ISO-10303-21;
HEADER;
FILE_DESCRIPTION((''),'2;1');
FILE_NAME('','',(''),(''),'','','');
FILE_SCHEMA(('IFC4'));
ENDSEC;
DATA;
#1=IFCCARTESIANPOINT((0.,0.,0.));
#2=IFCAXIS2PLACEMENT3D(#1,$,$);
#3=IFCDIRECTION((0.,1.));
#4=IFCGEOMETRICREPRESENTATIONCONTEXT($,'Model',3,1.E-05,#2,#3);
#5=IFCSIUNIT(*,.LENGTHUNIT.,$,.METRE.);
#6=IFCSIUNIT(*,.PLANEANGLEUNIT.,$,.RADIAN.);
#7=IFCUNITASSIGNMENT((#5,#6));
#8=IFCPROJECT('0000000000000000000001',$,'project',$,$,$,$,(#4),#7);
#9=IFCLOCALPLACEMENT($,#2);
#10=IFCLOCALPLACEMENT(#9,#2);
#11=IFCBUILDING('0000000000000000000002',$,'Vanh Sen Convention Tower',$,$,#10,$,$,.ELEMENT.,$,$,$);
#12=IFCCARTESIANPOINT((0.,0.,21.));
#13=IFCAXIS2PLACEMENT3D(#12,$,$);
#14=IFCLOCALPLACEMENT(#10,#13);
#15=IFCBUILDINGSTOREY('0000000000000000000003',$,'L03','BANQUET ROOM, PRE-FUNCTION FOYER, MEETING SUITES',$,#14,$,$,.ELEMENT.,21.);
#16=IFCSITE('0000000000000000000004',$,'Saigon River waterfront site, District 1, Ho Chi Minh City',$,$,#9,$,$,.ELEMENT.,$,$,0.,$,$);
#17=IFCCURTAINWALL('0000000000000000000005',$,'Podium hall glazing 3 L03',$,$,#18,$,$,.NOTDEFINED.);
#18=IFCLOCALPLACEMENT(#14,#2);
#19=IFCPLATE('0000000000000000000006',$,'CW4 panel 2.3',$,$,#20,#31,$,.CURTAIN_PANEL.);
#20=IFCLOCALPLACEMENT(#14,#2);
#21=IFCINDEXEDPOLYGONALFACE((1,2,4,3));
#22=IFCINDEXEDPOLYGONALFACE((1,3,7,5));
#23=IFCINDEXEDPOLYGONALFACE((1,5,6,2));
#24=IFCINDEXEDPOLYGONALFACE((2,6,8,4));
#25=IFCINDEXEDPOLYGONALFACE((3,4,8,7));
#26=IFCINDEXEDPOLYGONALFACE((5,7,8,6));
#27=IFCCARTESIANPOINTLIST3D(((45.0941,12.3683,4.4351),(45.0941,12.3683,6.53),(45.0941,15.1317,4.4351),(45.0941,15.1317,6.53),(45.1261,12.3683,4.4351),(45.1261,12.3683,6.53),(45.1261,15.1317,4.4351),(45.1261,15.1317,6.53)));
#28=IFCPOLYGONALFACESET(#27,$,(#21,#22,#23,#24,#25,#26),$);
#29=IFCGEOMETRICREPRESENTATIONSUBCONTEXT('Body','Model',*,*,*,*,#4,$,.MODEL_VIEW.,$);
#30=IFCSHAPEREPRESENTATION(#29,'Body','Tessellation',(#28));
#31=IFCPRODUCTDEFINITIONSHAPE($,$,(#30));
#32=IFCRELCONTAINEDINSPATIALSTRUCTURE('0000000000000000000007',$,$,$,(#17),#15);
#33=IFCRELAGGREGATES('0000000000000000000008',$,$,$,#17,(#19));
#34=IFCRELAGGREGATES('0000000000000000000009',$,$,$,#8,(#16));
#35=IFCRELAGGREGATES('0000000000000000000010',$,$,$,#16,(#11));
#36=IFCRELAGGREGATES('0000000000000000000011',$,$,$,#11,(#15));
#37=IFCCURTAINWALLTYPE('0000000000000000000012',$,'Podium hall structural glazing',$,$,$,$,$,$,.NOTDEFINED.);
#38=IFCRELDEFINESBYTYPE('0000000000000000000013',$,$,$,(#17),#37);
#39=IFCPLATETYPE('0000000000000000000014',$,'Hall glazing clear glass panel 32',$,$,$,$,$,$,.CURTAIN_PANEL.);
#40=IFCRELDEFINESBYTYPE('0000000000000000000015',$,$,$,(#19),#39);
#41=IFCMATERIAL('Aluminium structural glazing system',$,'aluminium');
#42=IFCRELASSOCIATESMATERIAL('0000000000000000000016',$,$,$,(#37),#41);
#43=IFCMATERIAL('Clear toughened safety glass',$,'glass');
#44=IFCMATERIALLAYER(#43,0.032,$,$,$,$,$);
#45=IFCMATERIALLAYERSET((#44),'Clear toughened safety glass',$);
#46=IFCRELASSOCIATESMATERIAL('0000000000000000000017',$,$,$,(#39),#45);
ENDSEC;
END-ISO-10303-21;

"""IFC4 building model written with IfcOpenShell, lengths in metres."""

from ifc_helpers import new_model, si_unit, direction, frame, origin, origin_2d, place, context, subcontext, project, spatial, rectangle, extrude, material, layer, layer_set, type_object, element, aggregate, save


model = new_model("IFC4")

# Units and contexts
model_context = context("Model", 3, precision=1e-05, world=origin(), true_north=direction((0.0, 1.0)))
body_context = subcontext(model_context, "Body", "Model", "MODEL_VIEW")
ifc_project = project(units=[si_unit("LENGTHUNIT", "METRE"), si_unit("PLANEANGLEUNIT", "RADIAN")], contexts=[model_context])

# Site, building, storey
site_placement = place(None, origin())
site = spatial("IfcSite", under=ifc_project, at=site_placement, Name="Saigon River waterfront site, District 1, Ho Chi Minh City", CompositionType="ELEMENT", RefElevation=0.0)
building_placement = place(site_placement, origin())
building = spatial("IfcBuilding", under=site, at=building_placement, Name="Vanh Sen Convention Tower", CompositionType="ELEMENT")
storey_placement = place(building_placement, frame((0.0, 0.0, 21.0)))
storey = spatial("IfcBuildingStorey", under=building, at=storey_placement, Name="L03", Description="BANQUET ROOM, PRE-FUNCTION FOYER, MEETING SUITES", CompositionType="ELEMENT", Elevation=21.0)

# Curtain wall
ifc_material_1 = material(Name="Aluminium structural glazing system", Category="aluminium")
curtain_wall_type = type_object("IfcCurtainWallType", Name="Podium hall structural glazing", PredefinedType="NOTDEFINED", material=ifc_material_1)
curtain_wall_1_placement = place(storey_placement, origin())
curtain_wall_1 = element("IfcCurtainWall", 1, at=curtain_wall_1_placement, inside=storey, type_object=curtain_wall_type, Name="Podium hall glazing 3 L03", PredefinedType="NOTDEFINED")

# Plate
ifc_material_2 = material(Name="Clear toughened safety glass", Category="glass")
ifc_layer = layer(ifc_material_2, 0.032)
ifc_layer_set = layer_set([ifc_layer], Name="Clear toughened safety glass")
plate_type = type_object("IfcPlateType", Name="Hall glazing clear glass panel 32", PredefinedType="CURTAIN_PANEL", material=ifc_layer_set)
plate_1_placement = place(storey_placement, frame((45.1101, 13.75, 4.4351), z_axis=(0.0, 0.0, 1.0), x_axis=(0.0, 1.0, 0.0)))
plate_1 = element("IfcPlate", 2, at=plate_1_placement, type_object=plate_type, Name="CW4 panel 2.3", PredefinedType="CURTAIN_PANEL", context=body_context, shape_type="SweptSolid", body=[
    extrude(rectangle(XDim=2.7634, YDim=0.032, at=origin_2d()), origin(), (0.0, 0.0, 1.0), 2.095),
])
aggregate(curtain_wall_1, [plate_1])

save(model, "model.ifc")
